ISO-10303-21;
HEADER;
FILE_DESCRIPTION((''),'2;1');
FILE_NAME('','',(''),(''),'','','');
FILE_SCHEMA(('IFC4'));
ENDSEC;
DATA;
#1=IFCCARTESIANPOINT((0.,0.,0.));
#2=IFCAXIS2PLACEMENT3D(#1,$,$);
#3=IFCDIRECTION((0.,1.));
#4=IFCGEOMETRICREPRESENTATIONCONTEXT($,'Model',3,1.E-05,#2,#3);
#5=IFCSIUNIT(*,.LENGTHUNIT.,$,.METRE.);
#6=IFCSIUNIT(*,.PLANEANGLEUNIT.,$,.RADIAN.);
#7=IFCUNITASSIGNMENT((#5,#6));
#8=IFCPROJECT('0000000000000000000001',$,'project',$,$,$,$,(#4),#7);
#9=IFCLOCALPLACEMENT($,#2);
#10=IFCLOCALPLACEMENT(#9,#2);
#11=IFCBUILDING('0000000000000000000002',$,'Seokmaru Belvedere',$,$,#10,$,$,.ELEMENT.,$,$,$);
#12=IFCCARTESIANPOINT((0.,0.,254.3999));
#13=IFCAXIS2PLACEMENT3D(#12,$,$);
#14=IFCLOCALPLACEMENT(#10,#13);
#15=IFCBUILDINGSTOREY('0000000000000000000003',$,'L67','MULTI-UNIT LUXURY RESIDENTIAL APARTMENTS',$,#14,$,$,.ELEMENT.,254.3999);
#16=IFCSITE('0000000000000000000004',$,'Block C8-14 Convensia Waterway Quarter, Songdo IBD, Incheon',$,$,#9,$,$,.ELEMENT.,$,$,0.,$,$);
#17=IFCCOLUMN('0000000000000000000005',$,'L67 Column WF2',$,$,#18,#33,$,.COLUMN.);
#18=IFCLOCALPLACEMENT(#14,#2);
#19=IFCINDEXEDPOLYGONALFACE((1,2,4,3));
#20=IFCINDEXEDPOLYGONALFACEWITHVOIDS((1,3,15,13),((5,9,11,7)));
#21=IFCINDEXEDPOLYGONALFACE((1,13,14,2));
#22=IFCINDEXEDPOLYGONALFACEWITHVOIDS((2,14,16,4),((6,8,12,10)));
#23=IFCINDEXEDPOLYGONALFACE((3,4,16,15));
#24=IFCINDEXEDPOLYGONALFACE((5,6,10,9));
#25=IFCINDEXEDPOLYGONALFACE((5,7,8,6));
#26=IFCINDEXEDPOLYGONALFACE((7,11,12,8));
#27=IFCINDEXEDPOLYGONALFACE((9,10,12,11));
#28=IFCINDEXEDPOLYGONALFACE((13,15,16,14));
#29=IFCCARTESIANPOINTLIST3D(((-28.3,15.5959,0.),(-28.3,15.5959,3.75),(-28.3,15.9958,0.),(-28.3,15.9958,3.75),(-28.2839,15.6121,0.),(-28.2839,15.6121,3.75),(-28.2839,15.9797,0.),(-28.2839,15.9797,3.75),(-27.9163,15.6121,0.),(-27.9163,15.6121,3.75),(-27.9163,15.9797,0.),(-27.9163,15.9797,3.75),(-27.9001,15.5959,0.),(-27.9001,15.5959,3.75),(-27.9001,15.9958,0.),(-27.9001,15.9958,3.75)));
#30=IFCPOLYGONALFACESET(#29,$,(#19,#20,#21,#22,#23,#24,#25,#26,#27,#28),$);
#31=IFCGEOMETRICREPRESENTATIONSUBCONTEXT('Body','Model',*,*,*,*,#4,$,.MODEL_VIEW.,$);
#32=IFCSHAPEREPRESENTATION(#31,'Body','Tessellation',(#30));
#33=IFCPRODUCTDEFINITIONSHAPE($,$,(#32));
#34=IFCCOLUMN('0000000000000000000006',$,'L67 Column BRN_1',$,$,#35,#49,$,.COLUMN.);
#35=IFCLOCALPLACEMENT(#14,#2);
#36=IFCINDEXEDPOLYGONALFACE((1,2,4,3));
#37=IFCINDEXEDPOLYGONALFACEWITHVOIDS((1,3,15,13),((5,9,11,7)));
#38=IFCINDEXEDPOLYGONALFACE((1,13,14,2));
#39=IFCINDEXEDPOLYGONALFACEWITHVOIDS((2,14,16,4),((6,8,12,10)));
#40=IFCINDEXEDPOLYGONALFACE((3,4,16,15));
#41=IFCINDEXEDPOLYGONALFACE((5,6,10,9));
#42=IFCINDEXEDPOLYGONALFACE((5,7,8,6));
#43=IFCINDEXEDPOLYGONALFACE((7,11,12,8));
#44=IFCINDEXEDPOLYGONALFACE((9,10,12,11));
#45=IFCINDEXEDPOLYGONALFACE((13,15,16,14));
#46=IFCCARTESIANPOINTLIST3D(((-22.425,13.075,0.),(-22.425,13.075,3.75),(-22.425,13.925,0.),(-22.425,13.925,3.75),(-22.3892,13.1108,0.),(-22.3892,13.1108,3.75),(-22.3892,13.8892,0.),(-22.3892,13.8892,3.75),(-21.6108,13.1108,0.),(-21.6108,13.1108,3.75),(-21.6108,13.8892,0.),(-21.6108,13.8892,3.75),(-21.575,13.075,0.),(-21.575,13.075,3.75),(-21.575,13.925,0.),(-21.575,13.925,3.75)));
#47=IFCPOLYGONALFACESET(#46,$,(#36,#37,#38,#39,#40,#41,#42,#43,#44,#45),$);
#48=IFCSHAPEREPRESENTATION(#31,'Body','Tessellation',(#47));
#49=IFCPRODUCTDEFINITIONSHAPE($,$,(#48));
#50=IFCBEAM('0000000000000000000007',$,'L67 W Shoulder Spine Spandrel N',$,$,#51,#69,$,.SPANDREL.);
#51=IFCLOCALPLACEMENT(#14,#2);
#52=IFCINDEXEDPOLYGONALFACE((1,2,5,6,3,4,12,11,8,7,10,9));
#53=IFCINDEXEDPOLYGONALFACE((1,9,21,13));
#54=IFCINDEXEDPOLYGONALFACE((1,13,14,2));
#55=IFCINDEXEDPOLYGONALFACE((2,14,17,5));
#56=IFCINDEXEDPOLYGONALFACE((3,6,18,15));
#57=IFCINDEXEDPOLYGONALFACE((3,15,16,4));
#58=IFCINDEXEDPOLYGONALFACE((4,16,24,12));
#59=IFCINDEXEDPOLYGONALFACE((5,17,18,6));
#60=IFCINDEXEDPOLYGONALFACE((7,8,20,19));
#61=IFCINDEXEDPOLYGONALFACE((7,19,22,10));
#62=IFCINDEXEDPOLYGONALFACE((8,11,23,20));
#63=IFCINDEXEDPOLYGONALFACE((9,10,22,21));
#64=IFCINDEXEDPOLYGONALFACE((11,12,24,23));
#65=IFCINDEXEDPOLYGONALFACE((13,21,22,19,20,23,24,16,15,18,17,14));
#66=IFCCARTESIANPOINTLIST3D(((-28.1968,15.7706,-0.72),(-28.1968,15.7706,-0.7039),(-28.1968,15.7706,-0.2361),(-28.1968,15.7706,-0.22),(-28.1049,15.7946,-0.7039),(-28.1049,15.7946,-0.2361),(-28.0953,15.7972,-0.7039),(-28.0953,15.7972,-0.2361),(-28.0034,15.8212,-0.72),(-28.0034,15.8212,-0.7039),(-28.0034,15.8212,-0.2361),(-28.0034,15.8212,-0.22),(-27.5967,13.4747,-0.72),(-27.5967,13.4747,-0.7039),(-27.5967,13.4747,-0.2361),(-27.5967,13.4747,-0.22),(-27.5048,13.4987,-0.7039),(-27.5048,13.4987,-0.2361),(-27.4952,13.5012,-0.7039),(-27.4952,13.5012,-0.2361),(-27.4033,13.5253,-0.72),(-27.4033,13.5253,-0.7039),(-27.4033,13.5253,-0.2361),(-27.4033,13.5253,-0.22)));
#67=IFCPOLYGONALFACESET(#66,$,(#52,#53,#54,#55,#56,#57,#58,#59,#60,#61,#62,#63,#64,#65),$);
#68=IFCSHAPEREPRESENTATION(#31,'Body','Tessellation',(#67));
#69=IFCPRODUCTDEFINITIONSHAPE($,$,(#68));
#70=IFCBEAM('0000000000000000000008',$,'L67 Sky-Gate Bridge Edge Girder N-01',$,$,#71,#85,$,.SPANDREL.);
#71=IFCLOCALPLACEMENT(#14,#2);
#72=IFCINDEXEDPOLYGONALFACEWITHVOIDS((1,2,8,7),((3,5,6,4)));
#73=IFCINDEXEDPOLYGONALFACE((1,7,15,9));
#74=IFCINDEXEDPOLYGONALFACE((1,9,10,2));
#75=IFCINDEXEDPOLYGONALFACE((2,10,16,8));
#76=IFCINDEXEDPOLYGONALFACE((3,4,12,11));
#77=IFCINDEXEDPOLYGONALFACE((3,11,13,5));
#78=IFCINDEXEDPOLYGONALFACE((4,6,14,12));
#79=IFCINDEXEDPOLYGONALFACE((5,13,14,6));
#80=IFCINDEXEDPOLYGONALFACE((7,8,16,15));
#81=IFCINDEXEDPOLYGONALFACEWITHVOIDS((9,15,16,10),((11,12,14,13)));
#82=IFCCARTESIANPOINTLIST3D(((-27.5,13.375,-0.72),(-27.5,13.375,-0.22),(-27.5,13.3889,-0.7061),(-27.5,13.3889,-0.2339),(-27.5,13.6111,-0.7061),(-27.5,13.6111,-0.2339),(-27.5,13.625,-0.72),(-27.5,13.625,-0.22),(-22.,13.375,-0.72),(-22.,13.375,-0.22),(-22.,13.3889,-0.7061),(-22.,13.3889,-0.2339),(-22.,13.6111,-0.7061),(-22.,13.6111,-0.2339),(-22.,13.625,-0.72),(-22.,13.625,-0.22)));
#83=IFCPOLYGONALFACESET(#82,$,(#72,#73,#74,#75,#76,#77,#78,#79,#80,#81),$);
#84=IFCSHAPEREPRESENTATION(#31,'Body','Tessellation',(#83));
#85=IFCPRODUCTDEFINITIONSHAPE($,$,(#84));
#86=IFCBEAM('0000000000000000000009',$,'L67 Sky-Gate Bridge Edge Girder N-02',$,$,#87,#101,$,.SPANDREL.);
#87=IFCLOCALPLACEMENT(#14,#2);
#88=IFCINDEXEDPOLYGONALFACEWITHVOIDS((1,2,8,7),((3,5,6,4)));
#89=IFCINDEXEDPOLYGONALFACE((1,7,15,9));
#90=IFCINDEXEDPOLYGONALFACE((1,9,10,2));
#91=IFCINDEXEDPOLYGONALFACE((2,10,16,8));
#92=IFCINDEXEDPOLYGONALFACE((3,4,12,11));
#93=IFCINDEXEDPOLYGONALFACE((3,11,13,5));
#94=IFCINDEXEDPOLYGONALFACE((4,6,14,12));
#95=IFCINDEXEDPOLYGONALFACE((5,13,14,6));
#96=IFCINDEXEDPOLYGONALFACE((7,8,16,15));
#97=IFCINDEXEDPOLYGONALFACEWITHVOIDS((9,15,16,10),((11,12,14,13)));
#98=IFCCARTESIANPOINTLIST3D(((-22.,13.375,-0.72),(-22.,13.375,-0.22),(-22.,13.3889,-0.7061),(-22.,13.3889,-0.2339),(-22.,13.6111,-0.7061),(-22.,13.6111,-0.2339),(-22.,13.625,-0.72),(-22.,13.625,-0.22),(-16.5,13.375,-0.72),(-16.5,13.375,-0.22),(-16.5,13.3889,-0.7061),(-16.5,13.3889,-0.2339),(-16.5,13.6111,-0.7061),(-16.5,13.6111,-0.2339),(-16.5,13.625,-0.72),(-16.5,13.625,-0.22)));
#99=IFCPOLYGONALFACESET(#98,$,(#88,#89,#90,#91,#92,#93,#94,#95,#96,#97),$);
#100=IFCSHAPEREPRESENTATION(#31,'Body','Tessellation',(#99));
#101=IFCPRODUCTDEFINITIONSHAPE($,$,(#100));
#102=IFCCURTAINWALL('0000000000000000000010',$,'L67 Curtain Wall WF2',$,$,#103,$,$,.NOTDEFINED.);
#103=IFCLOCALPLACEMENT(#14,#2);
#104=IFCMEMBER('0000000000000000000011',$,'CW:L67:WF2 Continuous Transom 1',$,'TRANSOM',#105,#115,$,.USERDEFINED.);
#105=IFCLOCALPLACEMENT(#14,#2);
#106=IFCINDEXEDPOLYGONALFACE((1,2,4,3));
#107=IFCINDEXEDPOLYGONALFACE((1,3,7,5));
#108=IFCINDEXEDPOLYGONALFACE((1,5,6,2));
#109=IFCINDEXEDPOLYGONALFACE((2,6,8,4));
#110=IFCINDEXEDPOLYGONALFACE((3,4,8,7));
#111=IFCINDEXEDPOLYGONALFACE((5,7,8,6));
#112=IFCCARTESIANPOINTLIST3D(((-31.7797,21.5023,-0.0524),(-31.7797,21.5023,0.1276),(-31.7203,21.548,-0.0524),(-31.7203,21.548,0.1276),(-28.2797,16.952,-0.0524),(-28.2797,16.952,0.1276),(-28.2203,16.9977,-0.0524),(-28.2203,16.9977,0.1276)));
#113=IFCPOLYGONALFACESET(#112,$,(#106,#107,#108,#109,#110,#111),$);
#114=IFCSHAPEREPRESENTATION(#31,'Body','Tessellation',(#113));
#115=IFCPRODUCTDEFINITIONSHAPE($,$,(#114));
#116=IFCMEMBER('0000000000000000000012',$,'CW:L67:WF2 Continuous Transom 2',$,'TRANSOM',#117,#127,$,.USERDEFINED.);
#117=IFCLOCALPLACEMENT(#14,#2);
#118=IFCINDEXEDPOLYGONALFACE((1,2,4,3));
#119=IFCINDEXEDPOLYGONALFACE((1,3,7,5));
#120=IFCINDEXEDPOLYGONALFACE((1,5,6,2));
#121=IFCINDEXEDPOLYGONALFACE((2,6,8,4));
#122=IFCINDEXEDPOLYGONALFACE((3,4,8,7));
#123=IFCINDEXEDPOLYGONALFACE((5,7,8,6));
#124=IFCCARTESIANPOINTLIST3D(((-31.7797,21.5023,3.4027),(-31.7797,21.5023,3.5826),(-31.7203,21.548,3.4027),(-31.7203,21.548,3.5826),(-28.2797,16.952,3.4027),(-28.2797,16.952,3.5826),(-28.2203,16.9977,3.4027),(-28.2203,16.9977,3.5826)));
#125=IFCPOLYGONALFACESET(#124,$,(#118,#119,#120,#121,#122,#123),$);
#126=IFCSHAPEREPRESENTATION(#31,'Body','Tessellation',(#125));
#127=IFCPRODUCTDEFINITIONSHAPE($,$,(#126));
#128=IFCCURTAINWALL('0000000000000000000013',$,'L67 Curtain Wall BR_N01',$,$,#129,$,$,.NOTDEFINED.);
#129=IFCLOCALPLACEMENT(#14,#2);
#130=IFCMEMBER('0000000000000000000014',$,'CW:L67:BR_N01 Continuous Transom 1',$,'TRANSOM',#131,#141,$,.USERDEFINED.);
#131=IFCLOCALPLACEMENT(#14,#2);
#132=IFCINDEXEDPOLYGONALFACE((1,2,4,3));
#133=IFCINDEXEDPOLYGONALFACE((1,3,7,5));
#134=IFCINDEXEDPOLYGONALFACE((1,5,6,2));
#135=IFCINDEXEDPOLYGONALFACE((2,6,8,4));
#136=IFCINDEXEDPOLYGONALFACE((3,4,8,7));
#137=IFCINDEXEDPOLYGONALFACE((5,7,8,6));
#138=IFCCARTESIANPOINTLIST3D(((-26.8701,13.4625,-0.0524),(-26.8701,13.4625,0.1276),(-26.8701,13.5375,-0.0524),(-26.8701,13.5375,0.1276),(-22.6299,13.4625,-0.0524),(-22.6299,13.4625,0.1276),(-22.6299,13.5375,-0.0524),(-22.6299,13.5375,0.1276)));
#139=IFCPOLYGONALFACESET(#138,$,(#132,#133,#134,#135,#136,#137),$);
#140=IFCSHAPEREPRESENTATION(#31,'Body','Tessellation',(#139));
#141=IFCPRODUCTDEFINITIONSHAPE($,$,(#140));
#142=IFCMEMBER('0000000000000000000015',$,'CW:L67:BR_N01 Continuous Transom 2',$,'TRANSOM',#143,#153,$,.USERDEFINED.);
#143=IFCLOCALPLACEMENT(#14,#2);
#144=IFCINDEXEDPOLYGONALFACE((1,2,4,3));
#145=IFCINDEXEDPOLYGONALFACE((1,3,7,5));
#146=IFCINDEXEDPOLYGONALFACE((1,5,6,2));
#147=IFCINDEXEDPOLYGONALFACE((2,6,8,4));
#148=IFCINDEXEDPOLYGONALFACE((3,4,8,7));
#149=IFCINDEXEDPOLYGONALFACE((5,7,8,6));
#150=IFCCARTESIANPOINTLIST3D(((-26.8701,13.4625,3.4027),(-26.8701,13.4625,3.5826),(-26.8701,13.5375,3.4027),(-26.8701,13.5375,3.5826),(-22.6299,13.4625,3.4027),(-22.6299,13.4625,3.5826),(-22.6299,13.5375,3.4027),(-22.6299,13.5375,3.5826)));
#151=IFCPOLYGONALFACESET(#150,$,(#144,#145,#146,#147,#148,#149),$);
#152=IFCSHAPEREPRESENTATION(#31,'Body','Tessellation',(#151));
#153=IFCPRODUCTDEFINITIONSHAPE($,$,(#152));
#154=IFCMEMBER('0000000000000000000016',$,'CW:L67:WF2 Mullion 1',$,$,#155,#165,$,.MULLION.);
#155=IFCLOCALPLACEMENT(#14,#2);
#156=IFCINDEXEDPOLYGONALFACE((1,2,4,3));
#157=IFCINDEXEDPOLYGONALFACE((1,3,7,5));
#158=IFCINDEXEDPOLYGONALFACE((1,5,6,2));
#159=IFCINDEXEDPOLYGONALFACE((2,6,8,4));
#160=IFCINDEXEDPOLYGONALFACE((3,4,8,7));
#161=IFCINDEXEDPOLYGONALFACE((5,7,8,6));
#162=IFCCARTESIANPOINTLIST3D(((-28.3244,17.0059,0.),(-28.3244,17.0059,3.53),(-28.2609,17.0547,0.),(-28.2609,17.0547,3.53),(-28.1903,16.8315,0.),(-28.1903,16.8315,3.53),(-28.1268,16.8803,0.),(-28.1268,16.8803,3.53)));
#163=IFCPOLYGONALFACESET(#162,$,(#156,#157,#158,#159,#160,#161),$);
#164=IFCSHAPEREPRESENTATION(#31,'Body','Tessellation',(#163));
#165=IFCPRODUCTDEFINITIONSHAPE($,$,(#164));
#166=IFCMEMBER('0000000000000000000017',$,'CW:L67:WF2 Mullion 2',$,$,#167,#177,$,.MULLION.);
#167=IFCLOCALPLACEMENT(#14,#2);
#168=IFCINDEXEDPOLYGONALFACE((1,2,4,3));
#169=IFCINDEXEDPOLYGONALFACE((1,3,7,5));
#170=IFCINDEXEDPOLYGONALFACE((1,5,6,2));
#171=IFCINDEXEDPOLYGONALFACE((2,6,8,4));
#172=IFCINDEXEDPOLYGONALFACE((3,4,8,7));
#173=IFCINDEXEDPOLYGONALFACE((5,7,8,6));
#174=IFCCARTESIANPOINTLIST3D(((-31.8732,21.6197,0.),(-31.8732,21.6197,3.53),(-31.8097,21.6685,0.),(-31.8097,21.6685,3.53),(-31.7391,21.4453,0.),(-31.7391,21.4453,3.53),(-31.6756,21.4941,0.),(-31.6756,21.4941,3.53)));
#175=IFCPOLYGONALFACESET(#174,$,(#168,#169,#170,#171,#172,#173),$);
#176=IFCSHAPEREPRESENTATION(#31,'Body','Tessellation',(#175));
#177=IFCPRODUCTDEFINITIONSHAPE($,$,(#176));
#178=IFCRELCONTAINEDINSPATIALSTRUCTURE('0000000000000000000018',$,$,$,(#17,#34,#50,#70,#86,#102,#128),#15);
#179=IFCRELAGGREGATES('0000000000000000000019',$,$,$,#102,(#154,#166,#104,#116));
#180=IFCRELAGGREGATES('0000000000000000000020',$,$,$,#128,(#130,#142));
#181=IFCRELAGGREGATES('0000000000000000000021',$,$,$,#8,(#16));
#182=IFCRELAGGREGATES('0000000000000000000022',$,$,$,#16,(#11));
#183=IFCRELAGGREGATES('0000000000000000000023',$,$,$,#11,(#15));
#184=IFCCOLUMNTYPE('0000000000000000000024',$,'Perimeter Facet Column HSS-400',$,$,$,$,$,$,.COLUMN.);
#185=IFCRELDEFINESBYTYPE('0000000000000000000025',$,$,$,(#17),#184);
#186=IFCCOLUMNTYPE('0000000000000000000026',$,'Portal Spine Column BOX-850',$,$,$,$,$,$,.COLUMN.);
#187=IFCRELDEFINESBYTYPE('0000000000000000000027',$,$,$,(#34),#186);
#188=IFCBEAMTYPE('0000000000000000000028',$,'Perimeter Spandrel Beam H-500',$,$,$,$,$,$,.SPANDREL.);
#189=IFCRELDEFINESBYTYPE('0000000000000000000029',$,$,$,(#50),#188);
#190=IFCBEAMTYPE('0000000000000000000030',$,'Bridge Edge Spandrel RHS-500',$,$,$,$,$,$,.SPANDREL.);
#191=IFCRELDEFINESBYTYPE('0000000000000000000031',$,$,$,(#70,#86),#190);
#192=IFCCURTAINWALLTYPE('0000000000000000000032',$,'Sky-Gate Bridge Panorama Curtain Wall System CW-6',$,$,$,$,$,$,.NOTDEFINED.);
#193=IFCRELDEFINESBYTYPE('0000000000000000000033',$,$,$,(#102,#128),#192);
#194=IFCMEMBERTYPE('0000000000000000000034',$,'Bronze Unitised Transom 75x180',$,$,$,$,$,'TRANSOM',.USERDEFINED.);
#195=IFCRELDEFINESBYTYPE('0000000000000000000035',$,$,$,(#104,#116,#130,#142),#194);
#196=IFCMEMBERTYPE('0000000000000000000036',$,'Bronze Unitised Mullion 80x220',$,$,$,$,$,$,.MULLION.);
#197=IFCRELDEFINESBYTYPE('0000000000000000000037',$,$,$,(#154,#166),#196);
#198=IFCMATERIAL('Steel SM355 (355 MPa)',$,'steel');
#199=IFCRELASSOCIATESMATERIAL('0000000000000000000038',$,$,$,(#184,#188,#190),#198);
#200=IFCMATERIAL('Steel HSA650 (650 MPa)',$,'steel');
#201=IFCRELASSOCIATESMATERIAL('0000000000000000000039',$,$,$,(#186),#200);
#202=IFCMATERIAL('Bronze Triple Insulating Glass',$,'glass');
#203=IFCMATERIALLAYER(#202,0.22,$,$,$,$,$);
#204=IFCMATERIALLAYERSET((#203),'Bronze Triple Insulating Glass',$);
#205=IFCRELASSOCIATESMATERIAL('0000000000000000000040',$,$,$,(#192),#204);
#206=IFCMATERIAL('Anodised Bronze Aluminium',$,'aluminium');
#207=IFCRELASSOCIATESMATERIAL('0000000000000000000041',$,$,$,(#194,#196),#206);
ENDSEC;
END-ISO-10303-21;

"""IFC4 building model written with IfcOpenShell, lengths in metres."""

from ifc_helpers import new_model, si_unit, direction, frame, origin, origin_2d, place, context, subcontext, project, spatial, rectangle, hollow_rectangle, i_section, extrude, source, transform, mapped, material, layer, layer_set, material_profile, profile_set, type_object, type_shapes, element, aggregate, save


model = new_model("IFC4")

# Units and contexts
model_context = context("Model", 3, precision=1e-05, world=origin(), true_north=direction((0.0, 1.0)))
body_context = subcontext(model_context, "Body", "Model", "MODEL_VIEW")
ifc_project = project(units=[si_unit("LENGTHUNIT", "METRE"), si_unit("PLANEANGLEUNIT", "RADIAN")], contexts=[model_context])

# Site, building, storey
site_placement = place(None, origin())
site = spatial("IfcSite", under=ifc_project, at=site_placement, Name="Block C8-14 Convensia Waterway Quarter, Songdo IBD, Incheon", CompositionType="ELEMENT", RefElevation=0.0)
building_placement = place(site_placement, origin())
building = spatial("IfcBuilding", under=site, at=building_placement, Name="Seokmaru Belvedere", CompositionType="ELEMENT")
storey_placement = place(building_placement, frame((0.0, 0.0, 254.3999)))
storey = spatial("IfcBuildingStorey", under=building, at=storey_placement, Name="L67", Description="MULTI-UNIT LUXURY RESIDENTIAL APARTMENTS", CompositionType="ELEMENT", Elevation=254.3999)

# Columns
ifc_material_1 = material(Name="Steel SM355 (355 MPa)", Category="steel")
ifc_material_profile_1 = material_profile(ifc_material_1, hollow_rectangle(XDim=0.3999, YDim=0.3999, WallThickness=0.0161, at=origin_2d()), Name="HSS-400x400x16")
ifc_profile_set_1 = profile_set([ifc_material_profile_1], Name="Steel SM355 (355 MPa)")
column_type_1 = type_object("IfcColumnType", Name="Perimeter Facet Column HSS-400", PredefinedType="COLUMN", material=ifc_profile_set_1)
shared_shape_1 = source(origin(), body_context, "Body", "SweptSolid", [
    extrude(hollow_rectangle(XDim=0.3999, YDim=0.3999, WallThickness=0.0161, at=origin_2d()), origin(), (0.0, 0.0, 1.0), 3.75),
])
type_shapes(column_type_1, [shared_shape_1])
column_1_placement = place(storey_placement, frame((-28.1001, 15.7959, 0.0), z_axis=(0.0, 0.0, 1.0), x_axis=(1.0, 0.0, 0.0)))
element("IfcColumn", 1, at=column_1_placement, inside=storey, type_object=column_type_1, Name="L67 Column WF2", PredefinedType="COLUMN", context=body_context, shape_type="MappedRepresentation", body=[
    mapped(shared_shape_1, transform((0.0, 0.0, 0.0), scale=1.0)),
])
ifc_material_2 = material(Name="Steel HSA650 (650 MPa)", Category="steel")
ifc_material_profile_2 = material_profile(ifc_material_2, hollow_rectangle(XDim=0.8501, YDim=0.8501, WallThickness=0.0359, at=origin_2d()), Name="BOX-850x850x36")
ifc_profile_set_2 = profile_set([ifc_material_profile_2], Name="Steel HSA650 (650 MPa)")
column_type_2 = type_object("IfcColumnType", Name="Portal Spine Column BOX-850", PredefinedType="COLUMN", material=ifc_profile_set_2)
shared_shape_2 = source(origin(), body_context, "Body", "SweptSolid", [
    extrude(hollow_rectangle(XDim=0.8501, YDim=0.8501, WallThickness=0.0359, at=origin_2d()), origin(), (0.0, 0.0, 1.0), 3.75),
])
type_shapes(column_type_2, [shared_shape_2])
column_2_placement = place(storey_placement, frame((-22.0, 13.5, 0.0), z_axis=(0.0, 0.0, 1.0), x_axis=(1.0, 0.0, 0.0)))
element("IfcColumn", 2, at=column_2_placement, inside=storey, type_object=column_type_2, Name="L67 Column BRN_1", PredefinedType="COLUMN", context=body_context, shape_type="MappedRepresentation", body=[
    mapped(shared_shape_2, transform((0.0, 0.0, 0.0), scale=1.0)),
])

# Beams
ifc_material_profile_3 = material_profile(ifc_material_1, i_section(OverallWidth=0.2, OverallDepth=0.5, WebThickness=0.01, FlangeThickness=0.0161, at=origin_2d()), Name="H-500x200x10x16")
ifc_profile_set_3 = profile_set([ifc_material_profile_3], Name="Steel SM355 (355 MPa)")
beam_type_1 = type_object("IfcBeamType", Name="Perimeter Spandrel Beam H-500", PredefinedType="SPANDREL", material=ifc_profile_set_3)
shared_shape_3 = source(origin(), body_context, "Body", "SweptSolid", [
    extrude(i_section(OverallWidth=0.2, OverallDepth=0.5, WebThickness=0.01, FlangeThickness=0.0161, at=origin_2d()), origin(), (0.0, 0.0, 1.0), 2.373),
])
type_shapes(beam_type_1, [shared_shape_3])
beam_placement = place(storey_placement, frame((-28.1001, 15.7959, -0.47), z_axis=(0.252883, -0.967497, 0.0), x_axis=(0.967497, 0.252883, 0.0)))
element("IfcBeam", 3, at=beam_placement, inside=storey, type_object=beam_type_1, Name="L67 W Shoulder Spine Spandrel N", PredefinedType="SPANDREL", context=body_context, shape_type="MappedRepresentation", body=[
    mapped(shared_shape_3, transform((0.0, 0.0, 0.0), scale=1.0)),
])
ifc_material_profile_4 = material_profile(ifc_material_1, hollow_rectangle(XDim=0.25, YDim=0.5, WallThickness=0.0139, at=origin_2d()), Name="RHS-500x250x14")
ifc_profile_set_4 = profile_set([ifc_material_profile_4], Name="Steel SM355 (355 MPa)")
beam_type_2 = type_object("IfcBeamType", Name="Bridge Edge Spandrel RHS-500", PredefinedType="SPANDREL", material=ifc_profile_set_4)
shared_shape_4 = source(origin(), body_context, "Body", "SweptSolid", [
    extrude(hollow_rectangle(XDim=0.25, YDim=0.5, WallThickness=0.0139, at=origin_2d()), origin(), (0.0, 0.0, 1.0), 5.5),
])
type_shapes(beam_type_2, [shared_shape_4])
for number, where, z_axis, x_axis, name in (
    (4, (-27.5, 13.5, -0.47), (1.0, 0.0, 0.0), (0.0, 1.0, 0.0), "L67 Sky-Gate Bridge Edge Girder N-01"),
    (5, (-22.0, 13.5, -0.47), (1.0, 0.0, 0.0), (0.0, 1.0, 0.0), "L67 Sky-Gate Bridge Edge Girder N-02"),
):
    element("IfcBeam", number, at=place(storey_placement, frame(where, z_axis=z_axis, x_axis=x_axis)), inside=storey, type_object=beam_type_2, Name=name, PredefinedType="SPANDREL", context=body_context, shape_type="MappedRepresentation", body=[
        mapped(shared_shape_4, transform((0.0, 0.0, 0.0), scale=1.0)),
    ])

# Curtain walls, members
ifc_material_3 = material(Name="Bronze Triple Insulating Glass", Category="glass")
ifc_layer_1 = layer(ifc_material_3, 0.22)
ifc_layer_set_1 = layer_set([ifc_layer_1], Name="Bronze Triple Insulating Glass")
curtain_wall_type = type_object("IfcCurtainWallType", Name="Sky-Gate Bridge Panorama Curtain Wall System CW-6", PredefinedType="NOTDEFINED", material=ifc_layer_set_1)
curtain_wall_1_placement = place(storey_placement, origin())
curtain_wall_1 = element("IfcCurtainWall", 6, at=curtain_wall_1_placement, inside=storey, type_object=curtain_wall_type, Name="L67 Curtain Wall WF2", PredefinedType="NOTDEFINED")
ifc_material_4 = material(Name="Anodised Bronze Aluminium", Category="aluminium")
ifc_material_profile_5 = material_profile(ifc_material_4, rectangle(XDim=0.075, YDim=0.1799, at=origin_2d()), Name="CW-T-75x180")
ifc_profile_set_5 = profile_set([ifc_material_profile_5], Name="Anodised Bronze Aluminium")
member_type_1 = type_object("IfcMemberType", Name="Bronze Unitised Transom 75x180", ElementType="TRANSOM", PredefinedType="USERDEFINED", material=ifc_profile_set_5)
shared_shape_5 = source(origin(), body_context, "Body", "SweptSolid", [
    extrude(rectangle(XDim=0.075, YDim=0.1799, at=origin_2d()), origin(), (0.0, 0.0, 1.0), 5.7407),
])
member_1_placement = place(storey_placement, frame((-28.25, 16.9749, 0.0376), z_axis=(-0.609686, 0.792643, 0.0), x_axis=(-0.792643, -0.609686, 0.0)))
member_1 = element("IfcMember", 7, at=member_1_placement, type_object=member_type_1, Name="CW:L67:WF2 Continuous Transom 1", ObjectType="TRANSOM", PredefinedType="USERDEFINED", context=body_context, shape_type="MappedRepresentation", body=[
    mapped(shared_shape_5, transform((0.0, 0.0, 0.0), scale=1.0)),
])
member_2_placement = place(storey_placement, frame((-28.25, 16.9749, 3.4927), z_axis=(-0.609686, 0.792643, 0.0), x_axis=(-0.792643, -0.609686, 0.0)))
member_2 = element("IfcMember", 8, at=member_2_placement, type_object=member_type_1, Name="CW:L67:WF2 Continuous Transom 2", ObjectType="TRANSOM", PredefinedType="USERDEFINED", context=body_context, shape_type="MappedRepresentation", body=[
    mapped(shared_shape_5, transform((0.0, 0.0, 0.0), scale=1.0)),
])
curtain_wall_2_placement = place(storey_placement, origin())
curtain_wall_2 = element("IfcCurtainWall", 9, at=curtain_wall_2_placement, inside=storey, type_object=curtain_wall_type, Name="L67 Curtain Wall BR_N01", PredefinedType="NOTDEFINED")
shared_shape_6 = source(origin(), body_context, "Body", "SweptSolid", [
    extrude(rectangle(XDim=0.075, YDim=0.1799, at=origin_2d()), origin(), (0.0, 0.0, 1.0), 4.2402),
])
type_shapes(member_type_1, [shared_shape_5, shared_shape_6])
member_3_placement = place(storey_placement, frame((-22.6299, 13.5, 0.0376), z_axis=(-1.0, 0.0, 0.0), x_axis=(0.0, -1.0, 0.0)))
member_3 = element("IfcMember", 10, at=member_3_placement, type_object=member_type_1, Name="CW:L67:BR_N01 Continuous Transom 1", ObjectType="TRANSOM", PredefinedType="USERDEFINED", context=body_context, shape_type="MappedRepresentation", body=[
    mapped(shared_shape_6, transform((0.0, 0.0, 0.0), scale=1.0)),
])
member_4_placement = place(storey_placement, frame((-22.6299, 13.5, 3.4927), z_axis=(-1.0, 0.0, 0.0), x_axis=(0.0, -1.0, 0.0)))
member_4 = element("IfcMember", 11, at=member_4_placement, type_object=member_type_1, Name="CW:L67:BR_N01 Continuous Transom 2", ObjectType="TRANSOM", PredefinedType="USERDEFINED", context=body_context, shape_type="MappedRepresentation", body=[
    mapped(shared_shape_6, transform((0.0, 0.0, 0.0), scale=1.0)),
])

# Members
ifc_material_profile_6 = material_profile(ifc_material_4, rectangle(XDim=0.0801, YDim=0.22, at=origin_2d()), Name="CW-M-80x220")
ifc_profile_set_6 = profile_set([ifc_material_profile_6], Name="Anodised Bronze Aluminium")
member_type_2 = type_object("IfcMemberType", Name="Bronze Unitised Mullion 80x220", PredefinedType="MULLION", material=ifc_profile_set_6)
shared_shape_7 = source(origin(), body_context, "Body", "SweptSolid", [
    extrude(rectangle(XDim=0.0801, YDim=0.22, at=origin_2d()), origin(), (0.0, 0.0, 1.0), 3.53),
])
type_shapes(member_type_2, [shared_shape_7])
member_5_placement = place(storey_placement, frame((-28.2256, 16.9431, 0.0), z_axis=(0.0, 0.0, 1.0), x_axis=(-0.792631, -0.609701, 0.0)))
member_5 = element("IfcMember", 12, at=member_5_placement, type_object=member_type_2, Name="CW:L67:WF2 Mullion 1", PredefinedType="MULLION", context=body_context, shape_type="MappedRepresentation", body=[
    mapped(shared_shape_7, transform((0.0, 0.0, 0.0), scale=1.0)),
])
member_6_placement = place(storey_placement, frame((-31.7744, 21.5569, 0.0), z_axis=(0.0, 0.0, 1.0), x_axis=(-0.792631, -0.609701, 0.0)))
member_6 = element("IfcMember", 13, at=member_6_placement, type_object=member_type_2, Name="CW:L67:WF2 Mullion 2", PredefinedType="MULLION", context=body_context, shape_type="MappedRepresentation", body=[
    mapped(shared_shape_7, transform((0.0, 0.0, 0.0), scale=1.0)),
])

aggregate(curtain_wall_1, [member_5, member_6, member_1, member_2])
aggregate(curtain_wall_2, [member_3, member_4])

save(model, "model.ifc")
